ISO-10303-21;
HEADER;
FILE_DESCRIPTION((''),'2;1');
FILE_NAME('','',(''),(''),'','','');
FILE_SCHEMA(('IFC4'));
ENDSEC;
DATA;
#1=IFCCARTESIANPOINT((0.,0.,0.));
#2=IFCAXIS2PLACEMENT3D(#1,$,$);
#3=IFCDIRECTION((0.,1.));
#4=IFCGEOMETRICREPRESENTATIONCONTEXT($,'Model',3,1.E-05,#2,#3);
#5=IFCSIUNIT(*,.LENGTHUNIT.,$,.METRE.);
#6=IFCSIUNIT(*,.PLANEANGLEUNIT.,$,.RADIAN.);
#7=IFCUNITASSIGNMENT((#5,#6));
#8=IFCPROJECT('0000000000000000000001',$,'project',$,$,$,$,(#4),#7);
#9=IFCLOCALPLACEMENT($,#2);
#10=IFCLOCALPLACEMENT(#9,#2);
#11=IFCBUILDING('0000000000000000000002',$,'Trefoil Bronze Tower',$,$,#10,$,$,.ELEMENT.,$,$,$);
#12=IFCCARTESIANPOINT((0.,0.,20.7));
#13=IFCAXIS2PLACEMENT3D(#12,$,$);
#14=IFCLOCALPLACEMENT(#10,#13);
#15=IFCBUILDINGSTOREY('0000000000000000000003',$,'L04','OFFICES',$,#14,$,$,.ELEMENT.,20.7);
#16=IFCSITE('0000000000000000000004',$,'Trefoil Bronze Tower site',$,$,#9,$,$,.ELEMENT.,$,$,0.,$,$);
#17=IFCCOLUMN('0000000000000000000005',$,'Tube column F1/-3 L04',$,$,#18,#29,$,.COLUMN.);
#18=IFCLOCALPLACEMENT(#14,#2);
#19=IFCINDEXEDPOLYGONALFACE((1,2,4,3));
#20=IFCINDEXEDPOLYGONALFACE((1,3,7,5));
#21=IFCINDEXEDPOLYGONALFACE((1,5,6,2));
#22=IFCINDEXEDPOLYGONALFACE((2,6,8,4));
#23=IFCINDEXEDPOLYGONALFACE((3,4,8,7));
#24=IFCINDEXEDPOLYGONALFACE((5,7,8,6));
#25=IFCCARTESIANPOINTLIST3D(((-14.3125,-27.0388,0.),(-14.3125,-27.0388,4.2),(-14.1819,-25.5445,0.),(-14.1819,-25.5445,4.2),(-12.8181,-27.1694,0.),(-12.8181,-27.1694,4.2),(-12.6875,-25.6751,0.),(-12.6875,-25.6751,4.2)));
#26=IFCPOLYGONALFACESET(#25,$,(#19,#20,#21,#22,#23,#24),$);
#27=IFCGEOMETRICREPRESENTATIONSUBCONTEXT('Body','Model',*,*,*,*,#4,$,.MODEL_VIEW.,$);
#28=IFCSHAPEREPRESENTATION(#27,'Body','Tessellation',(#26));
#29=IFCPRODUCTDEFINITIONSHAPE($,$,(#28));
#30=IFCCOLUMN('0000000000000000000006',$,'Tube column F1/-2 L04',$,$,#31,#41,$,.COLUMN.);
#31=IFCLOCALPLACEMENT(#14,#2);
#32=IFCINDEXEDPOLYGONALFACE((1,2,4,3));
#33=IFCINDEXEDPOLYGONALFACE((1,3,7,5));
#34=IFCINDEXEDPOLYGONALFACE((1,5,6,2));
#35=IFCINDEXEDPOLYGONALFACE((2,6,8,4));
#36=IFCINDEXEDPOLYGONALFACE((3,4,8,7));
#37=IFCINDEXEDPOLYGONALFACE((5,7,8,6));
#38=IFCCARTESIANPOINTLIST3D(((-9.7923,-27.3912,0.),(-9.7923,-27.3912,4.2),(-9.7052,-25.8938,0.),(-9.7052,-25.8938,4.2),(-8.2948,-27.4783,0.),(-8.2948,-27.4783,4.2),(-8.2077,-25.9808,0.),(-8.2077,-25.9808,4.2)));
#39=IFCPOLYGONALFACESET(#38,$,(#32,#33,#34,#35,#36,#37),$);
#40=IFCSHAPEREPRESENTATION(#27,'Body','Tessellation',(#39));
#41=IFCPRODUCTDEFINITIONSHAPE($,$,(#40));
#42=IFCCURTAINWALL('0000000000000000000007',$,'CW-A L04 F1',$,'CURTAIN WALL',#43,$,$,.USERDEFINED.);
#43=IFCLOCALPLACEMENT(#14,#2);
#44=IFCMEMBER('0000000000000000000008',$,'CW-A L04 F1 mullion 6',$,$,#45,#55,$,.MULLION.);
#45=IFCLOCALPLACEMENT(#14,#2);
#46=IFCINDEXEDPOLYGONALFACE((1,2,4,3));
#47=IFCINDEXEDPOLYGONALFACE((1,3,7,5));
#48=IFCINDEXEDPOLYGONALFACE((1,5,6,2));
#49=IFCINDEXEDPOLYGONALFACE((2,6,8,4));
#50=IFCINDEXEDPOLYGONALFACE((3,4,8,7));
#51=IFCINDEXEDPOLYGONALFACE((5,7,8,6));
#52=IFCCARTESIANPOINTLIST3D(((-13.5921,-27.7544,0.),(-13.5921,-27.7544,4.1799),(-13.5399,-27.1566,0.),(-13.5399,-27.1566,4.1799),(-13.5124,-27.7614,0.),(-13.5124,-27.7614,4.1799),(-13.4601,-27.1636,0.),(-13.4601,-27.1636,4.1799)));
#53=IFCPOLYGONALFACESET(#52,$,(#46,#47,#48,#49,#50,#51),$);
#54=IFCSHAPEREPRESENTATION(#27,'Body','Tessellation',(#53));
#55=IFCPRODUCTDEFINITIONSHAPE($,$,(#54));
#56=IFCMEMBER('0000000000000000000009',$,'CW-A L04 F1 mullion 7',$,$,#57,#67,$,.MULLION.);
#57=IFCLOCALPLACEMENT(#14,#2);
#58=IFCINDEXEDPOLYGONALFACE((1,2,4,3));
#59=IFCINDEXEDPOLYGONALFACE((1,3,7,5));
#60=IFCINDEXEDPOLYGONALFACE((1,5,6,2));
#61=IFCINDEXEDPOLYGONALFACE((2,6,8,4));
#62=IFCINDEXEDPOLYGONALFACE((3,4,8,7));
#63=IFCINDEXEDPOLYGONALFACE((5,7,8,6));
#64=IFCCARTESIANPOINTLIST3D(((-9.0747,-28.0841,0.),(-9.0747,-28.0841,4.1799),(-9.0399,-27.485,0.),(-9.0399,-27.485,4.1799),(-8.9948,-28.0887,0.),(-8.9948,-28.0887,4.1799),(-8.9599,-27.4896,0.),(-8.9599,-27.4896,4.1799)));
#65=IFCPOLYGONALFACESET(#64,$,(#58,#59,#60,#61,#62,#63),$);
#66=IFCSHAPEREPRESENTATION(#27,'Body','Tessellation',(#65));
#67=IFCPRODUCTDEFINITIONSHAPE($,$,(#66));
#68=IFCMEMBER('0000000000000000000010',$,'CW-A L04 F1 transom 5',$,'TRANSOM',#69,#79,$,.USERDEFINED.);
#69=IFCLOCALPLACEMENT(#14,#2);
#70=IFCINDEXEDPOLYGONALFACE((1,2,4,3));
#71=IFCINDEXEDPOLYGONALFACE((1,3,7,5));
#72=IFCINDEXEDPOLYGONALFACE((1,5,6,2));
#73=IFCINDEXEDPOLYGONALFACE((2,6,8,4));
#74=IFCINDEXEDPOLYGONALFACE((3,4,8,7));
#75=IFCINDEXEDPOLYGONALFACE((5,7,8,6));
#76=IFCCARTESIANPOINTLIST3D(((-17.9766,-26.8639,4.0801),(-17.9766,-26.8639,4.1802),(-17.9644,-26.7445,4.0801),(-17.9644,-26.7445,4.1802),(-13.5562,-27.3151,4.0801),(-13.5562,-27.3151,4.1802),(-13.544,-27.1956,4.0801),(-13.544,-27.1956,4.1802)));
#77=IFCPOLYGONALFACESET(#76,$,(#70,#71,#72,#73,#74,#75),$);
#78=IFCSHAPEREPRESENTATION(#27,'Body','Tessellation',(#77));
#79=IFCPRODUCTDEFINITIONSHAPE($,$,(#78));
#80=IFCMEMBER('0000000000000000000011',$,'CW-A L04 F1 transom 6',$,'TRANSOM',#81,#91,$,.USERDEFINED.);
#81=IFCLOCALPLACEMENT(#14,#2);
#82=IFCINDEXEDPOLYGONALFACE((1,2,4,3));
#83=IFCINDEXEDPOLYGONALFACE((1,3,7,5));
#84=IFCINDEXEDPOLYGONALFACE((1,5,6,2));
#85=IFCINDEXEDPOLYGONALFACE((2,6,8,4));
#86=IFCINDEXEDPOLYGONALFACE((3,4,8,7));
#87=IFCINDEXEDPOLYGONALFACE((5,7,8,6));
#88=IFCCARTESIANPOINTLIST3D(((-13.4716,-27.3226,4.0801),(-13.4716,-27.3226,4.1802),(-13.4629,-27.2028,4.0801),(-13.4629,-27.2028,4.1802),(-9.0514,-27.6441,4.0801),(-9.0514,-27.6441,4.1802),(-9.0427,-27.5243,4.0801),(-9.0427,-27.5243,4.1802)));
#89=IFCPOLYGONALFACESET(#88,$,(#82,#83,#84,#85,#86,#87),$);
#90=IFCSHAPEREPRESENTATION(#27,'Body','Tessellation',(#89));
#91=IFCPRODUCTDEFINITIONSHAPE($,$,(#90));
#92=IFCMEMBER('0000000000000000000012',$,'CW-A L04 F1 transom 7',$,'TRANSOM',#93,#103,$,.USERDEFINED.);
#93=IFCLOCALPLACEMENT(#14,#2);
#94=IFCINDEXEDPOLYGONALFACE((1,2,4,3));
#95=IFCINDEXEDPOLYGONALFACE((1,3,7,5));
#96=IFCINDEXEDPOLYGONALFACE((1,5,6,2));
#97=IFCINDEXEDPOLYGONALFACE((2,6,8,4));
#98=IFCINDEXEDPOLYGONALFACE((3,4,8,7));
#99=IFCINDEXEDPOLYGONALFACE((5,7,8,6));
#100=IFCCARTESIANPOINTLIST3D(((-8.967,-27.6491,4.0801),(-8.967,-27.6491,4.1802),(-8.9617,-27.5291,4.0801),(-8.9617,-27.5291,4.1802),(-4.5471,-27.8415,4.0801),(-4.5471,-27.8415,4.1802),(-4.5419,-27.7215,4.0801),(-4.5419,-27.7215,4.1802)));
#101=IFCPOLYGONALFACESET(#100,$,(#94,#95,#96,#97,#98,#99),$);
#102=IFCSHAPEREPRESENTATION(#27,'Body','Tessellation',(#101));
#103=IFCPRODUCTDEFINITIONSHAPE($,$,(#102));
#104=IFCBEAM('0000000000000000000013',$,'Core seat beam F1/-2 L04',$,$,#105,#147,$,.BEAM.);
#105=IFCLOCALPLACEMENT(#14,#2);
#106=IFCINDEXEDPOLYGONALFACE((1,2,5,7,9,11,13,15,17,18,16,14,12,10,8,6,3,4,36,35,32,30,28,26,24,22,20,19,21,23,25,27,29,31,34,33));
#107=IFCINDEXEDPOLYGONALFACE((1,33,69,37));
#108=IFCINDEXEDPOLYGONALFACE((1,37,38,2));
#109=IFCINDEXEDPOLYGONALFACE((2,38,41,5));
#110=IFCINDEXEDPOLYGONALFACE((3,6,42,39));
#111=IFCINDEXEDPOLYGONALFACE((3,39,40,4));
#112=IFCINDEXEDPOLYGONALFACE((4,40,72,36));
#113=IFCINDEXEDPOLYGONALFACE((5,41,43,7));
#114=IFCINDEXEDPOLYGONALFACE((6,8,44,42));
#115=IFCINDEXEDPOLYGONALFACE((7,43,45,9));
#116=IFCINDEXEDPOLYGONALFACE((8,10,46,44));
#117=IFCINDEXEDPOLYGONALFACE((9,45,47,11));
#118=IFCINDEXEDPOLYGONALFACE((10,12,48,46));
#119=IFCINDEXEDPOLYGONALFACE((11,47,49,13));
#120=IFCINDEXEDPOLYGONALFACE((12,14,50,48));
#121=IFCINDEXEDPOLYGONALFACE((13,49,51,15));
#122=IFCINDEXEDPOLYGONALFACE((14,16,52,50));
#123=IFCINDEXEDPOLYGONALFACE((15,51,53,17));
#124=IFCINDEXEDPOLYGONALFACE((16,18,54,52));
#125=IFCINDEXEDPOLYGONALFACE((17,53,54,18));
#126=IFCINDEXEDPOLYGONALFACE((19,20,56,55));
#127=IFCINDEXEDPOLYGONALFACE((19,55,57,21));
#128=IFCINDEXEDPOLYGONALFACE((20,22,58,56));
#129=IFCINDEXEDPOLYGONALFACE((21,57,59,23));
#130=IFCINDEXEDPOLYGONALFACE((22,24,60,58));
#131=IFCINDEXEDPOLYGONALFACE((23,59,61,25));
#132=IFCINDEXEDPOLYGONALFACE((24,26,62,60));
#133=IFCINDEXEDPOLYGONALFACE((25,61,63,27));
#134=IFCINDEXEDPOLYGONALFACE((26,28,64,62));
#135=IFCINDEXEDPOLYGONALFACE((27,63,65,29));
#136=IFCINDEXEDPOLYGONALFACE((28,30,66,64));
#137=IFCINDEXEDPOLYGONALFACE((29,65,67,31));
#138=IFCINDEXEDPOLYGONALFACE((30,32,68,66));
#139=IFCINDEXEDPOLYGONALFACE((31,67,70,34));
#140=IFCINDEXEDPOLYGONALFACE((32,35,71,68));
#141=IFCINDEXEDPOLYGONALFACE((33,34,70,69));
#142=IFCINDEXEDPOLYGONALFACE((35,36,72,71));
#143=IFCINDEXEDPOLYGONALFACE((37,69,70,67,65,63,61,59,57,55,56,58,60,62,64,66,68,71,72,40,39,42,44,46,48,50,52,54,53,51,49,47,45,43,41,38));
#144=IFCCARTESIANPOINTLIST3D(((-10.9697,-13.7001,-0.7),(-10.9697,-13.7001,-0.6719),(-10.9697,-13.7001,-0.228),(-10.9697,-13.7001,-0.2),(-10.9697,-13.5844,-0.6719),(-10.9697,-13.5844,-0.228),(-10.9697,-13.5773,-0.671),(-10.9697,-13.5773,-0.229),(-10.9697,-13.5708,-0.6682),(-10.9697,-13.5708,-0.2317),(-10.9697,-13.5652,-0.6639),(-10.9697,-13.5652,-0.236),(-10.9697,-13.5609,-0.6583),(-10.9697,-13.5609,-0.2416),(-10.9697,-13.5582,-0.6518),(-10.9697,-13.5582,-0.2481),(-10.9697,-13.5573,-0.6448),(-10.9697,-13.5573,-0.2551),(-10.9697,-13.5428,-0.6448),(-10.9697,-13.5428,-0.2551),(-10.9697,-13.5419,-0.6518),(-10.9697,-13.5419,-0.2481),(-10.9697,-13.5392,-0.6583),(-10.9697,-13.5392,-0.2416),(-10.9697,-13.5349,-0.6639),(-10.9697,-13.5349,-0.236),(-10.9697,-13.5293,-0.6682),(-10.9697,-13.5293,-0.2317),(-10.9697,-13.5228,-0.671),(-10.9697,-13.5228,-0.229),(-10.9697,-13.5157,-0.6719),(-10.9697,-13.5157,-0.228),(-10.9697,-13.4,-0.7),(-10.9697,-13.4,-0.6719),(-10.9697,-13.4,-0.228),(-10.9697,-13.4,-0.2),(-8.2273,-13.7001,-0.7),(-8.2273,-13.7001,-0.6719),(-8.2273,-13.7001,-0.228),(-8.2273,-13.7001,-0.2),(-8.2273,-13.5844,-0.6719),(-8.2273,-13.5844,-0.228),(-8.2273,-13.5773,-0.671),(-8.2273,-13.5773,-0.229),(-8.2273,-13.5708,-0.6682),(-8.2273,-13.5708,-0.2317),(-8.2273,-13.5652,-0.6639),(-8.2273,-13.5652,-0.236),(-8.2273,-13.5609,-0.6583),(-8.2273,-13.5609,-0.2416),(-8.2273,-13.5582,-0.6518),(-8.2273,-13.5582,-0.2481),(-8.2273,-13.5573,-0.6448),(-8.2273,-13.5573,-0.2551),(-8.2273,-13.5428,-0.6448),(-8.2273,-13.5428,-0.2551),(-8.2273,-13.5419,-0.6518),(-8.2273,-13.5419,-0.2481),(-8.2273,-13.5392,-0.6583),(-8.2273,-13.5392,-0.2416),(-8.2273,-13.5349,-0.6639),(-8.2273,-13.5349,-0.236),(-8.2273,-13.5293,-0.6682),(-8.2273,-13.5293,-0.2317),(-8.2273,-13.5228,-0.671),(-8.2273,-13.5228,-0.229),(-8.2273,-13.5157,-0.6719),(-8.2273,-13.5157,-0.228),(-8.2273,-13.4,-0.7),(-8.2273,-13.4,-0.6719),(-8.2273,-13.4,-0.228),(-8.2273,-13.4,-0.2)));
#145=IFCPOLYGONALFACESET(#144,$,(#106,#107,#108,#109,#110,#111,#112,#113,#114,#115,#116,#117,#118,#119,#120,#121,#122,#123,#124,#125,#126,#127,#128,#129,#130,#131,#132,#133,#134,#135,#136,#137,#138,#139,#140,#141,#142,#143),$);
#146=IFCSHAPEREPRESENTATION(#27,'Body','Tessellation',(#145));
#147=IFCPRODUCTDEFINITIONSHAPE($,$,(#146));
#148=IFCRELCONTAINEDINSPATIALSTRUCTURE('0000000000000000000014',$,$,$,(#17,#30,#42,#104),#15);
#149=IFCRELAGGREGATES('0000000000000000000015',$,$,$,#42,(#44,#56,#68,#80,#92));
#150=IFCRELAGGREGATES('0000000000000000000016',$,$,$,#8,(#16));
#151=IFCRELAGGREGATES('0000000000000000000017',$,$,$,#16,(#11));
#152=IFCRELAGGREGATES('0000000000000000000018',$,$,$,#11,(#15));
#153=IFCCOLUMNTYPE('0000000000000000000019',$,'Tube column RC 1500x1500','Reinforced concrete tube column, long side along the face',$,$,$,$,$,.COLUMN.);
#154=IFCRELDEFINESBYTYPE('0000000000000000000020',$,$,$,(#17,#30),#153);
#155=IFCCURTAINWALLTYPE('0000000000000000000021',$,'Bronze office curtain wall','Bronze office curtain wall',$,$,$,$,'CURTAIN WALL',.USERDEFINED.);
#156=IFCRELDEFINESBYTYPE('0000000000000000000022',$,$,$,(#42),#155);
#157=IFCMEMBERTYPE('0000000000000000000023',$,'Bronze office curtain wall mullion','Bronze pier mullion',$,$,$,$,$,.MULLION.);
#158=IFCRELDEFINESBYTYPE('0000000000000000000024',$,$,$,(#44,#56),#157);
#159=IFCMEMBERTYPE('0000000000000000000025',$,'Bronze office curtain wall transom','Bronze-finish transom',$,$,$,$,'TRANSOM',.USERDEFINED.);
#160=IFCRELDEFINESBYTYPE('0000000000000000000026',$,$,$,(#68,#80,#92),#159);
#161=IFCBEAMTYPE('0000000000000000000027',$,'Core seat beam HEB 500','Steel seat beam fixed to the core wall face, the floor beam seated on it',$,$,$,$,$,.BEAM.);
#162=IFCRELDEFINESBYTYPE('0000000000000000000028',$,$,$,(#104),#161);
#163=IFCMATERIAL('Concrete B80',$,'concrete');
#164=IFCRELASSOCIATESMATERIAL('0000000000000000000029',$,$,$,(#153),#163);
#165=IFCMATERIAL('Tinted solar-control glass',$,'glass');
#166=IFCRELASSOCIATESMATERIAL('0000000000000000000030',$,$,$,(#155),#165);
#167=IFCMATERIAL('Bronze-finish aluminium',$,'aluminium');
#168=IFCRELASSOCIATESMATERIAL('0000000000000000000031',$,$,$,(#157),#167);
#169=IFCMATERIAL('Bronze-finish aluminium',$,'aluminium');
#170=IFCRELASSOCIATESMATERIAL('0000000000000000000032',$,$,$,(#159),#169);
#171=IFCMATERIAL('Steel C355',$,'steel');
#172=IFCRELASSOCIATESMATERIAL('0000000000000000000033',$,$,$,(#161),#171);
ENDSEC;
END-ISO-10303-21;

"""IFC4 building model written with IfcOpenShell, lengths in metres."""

from ifc_helpers import new_model, si_unit, direction, frame, origin, origin_2d, place, context, subcontext, project, spatial, rectangle, i_section, extrude, material, material_profile, profile_set, type_object, element, aggregate, save


model = new_model("IFC4")

# Units and contexts
model_context = context("Model", 3, precision=1e-05, world=origin(), true_north=direction((0.0, 1.0)))
body_context = subcontext(model_context, "Body", "Model", "MODEL_VIEW")
ifc_project = project(units=[si_unit("LENGTHUNIT", "METRE"), si_unit("PLANEANGLEUNIT", "RADIAN")], contexts=[model_context])

# Site, building, storey
site_placement = place(None, origin())
site = spatial("IfcSite", under=ifc_project, at=site_placement, Name="Trefoil Bronze Tower site", CompositionType="ELEMENT", RefElevation=0.0)
building_placement = place(site_placement, origin())
building = spatial("IfcBuilding", under=site, at=building_placement, Name="Trefoil Bronze Tower", CompositionType="ELEMENT")
storey_placement = place(building_placement, frame((0.0, 0.0, 20.7)))
storey = spatial("IfcBuildingStorey", under=building, at=storey_placement, Name="L04", Description="OFFICES", CompositionType="ELEMENT", Elevation=20.7)

# Columns
ifc_material_1 = material(Name="Concrete B80", Category="concrete")
ifc_material_profile_1 = material_profile(ifc_material_1, rectangle(XDim=1.5, YDim=1.5, at=origin_2d()), Name="RC 1500x1500")
ifc_profile_set_1 = profile_set([ifc_material_profile_1], Name="Concrete B80")
column_type = type_object("IfcColumnType", Name="Tube column RC 1500x1500", Description="Reinforced concrete tube column, long side along the face", PredefinedType="COLUMN", material=ifc_profile_set_1)
for number, where, z_axis, x_axis, name in (
    (1, (-13.5, -26.3569, 0.0), (0.0, 0.0, 1.0), (0.996203, -0.087065, 0.0), "Tube column F1/-3 L04"),
    (2, (-9.0, -26.686, 0.0), (0.0, 0.0, 1.0), (0.998314, -0.058043, 0.0), "Tube column F1/-2 L04"),
):
    element("IfcColumn", number, at=place(storey_placement, frame(where, z_axis=z_axis, x_axis=x_axis)), inside=storey, type_object=column_type, Name=name, PredefinedType="COLUMN", context=body_context, shape_type="SweptSolid", body=[
        extrude(rectangle(XDim=1.5, YDim=1.5, at=origin_2d()), origin(), (0.0, 0.0, 1.0), 4.2),
    ])

# Curtain wall, members
ifc_material_2 = material(Name="Tinted solar-control glass", Category="glass")
curtain_wall_type = type_object("IfcCurtainWallType", Name="Bronze office curtain wall", Description="Bronze office curtain wall", ElementType="CURTAIN WALL", PredefinedType="USERDEFINED", material=ifc_material_2)
curtain_wall_placement = place(storey_placement, origin())
curtain_wall = element("IfcCurtainWall", 3, at=curtain_wall_placement, inside=storey, type_object=curtain_wall_type, Name="CW-A L04 F1", ObjectType="CURTAIN WALL", PredefinedType="USERDEFINED")
ifc_material_3 = material(Name="Bronze-finish aluminium", Category="aluminium")
ifc_material_profile_2 = material_profile(ifc_material_3, rectangle(XDim=0.6001, YDim=0.0801, at=origin_2d()), Name="CW-A mullion")
ifc_profile_set_2 = profile_set([ifc_material_profile_2], Name="Bronze-finish aluminium")
member_type_1 = type_object("IfcMemberType", Name="Bronze office curtain wall mullion", Description="Bronze pier mullion", PredefinedType="MULLION", material=ifc_profile_set_2)
member_1_placement = place(storey_placement, frame((-13.5261, -27.459, 0.0), z_axis=(0.0, 0.0, 1.0), x_axis=(0.087065, 0.996203, 0.0)))
member_1 = element("IfcMember", 4, at=member_1_placement, type_object=member_type_1, Name="CW-A L04 F1 mullion 6", PredefinedType="MULLION", context=body_context, shape_type="SweptSolid", body=[
    extrude(rectangle(XDim=0.6001, YDim=0.0801, at=origin_2d()), origin(), (0.0, 0.0, 1.0), 4.1799),
])
member_2_placement = place(storey_placement, frame((-9.0173, -27.7869, 0.0), z_axis=(0.0, 0.0, 1.0), x_axis=(0.058043, 0.998314, 0.0)))
member_2 = element("IfcMember", 5, at=member_2_placement, type_object=member_type_1, Name="CW-A L04 F1 mullion 7", PredefinedType="MULLION", context=body_context, shape_type="SweptSolid", body=[
    extrude(rectangle(XDim=0.6001, YDim=0.0801, at=origin_2d()), origin(), (0.0, 0.0, 1.0), 4.1799),
])
ifc_material_4 = material(Name="Bronze-finish aluminium", Category="aluminium")
ifc_material_profile_3 = material_profile(ifc_material_4, rectangle(XDim=0.1201, YDim=0.1001, at=origin_2d()), Name="CW-A transom")
ifc_profile_set_3 = profile_set([ifc_material_profile_3], Name="Bronze-finish aluminium")
member_type_2 = type_object("IfcMemberType", Name="Bronze office curtain wall transom", Description="Bronze-finish transom", ElementType="TRANSOM", PredefinedType="USERDEFINED", material=ifc_profile_set_3)
member_3_placement = place(storey_placement, frame((-17.9705, -26.8042, 4.1301), z_axis=(0.994832, -0.101538, 0.0), x_axis=(0.101538, 0.994832, 0.0)))
member_3 = element("IfcMember", 6, at=member_3_placement, type_object=member_type_2, Name="CW-A L04 F1 transom 5", ObjectType="TRANSOM", PredefinedType="USERDEFINED", context=body_context, shape_type="SweptSolid", body=[
    extrude(rectangle(XDim=0.1201, YDim=0.1001, at=origin_2d()), origin(), (0.0, 0.0, 1.0), 4.4434),
])
member_4_placement = place(storey_placement, frame((-13.4673, -27.2627, 4.1301), z_axis=(0.997365, -0.072551, 0.0), x_axis=(0.072551, 0.997365, 0.0)))
member_4 = element("IfcMember", 7, at=member_4_placement, type_object=member_type_2, Name="CW-A L04 F1 transom 6", ObjectType="TRANSOM", PredefinedType="USERDEFINED", context=body_context, shape_type="SweptSolid", body=[
    extrude(rectangle(XDim=0.1201, YDim=0.1001, at=origin_2d()), origin(), (0.0, 0.0, 1.0), 4.4319),
])
member_5_placement = place(storey_placement, frame((-8.9644, -27.5891, 4.1301), z_axis=(0.999054, -0.043485, 0.0), x_axis=(0.043485, 0.999054, 0.0)))
member_5 = element("IfcMember", 8, at=member_5_placement, type_object=member_type_2, Name="CW-A L04 F1 transom 7", ObjectType="TRANSOM", PredefinedType="USERDEFINED", context=body_context, shape_type="SweptSolid", body=[
    extrude(rectangle(XDim=0.1201, YDim=0.1001, at=origin_2d()), origin(), (0.0, 0.0, 1.0), 4.4241),
])

# Beam
ifc_material_5 = material(Name="Steel C355", Category="steel")
ifc_material_profile_4 = material_profile(ifc_material_5, i_section(OverallWidth=0.3, OverallDepth=0.5, WebThickness=0.0144, FlangeThickness=0.0281, FilletRadius=0.0271, at=origin_2d()), Name="HEB 500")
ifc_profile_set_4 = profile_set([ifc_material_profile_4], Name="Steel C355")
beam_type_1 = type_object("IfcBeamType", Name="Core seat beam HEB 500", Description="Steel seat beam fixed to the core wall face, the floor beam seated on it", PredefinedType="BEAM", material=ifc_profile_set_4)
beam_1_placement = place(storey_placement, frame((-10.9697, -13.55, -0.45), z_axis=(1.0, 0.0, 0.0), x_axis=(0.0, 1.0, 0.0)))
element("IfcBeam", 9, at=beam_1_placement, inside=storey, type_object=beam_type_1, Name="Core seat beam F1/-2 L04", PredefinedType="BEAM", context=body_context, shape_type="SweptSolid", body=[
    extrude(i_section(OverallWidth=0.3, OverallDepth=0.5, WebThickness=0.0144, FlangeThickness=0.0281, FilletRadius=0.0271, at=origin_2d()), origin(), (0.0, 0.0, 1.0), 2.7424),
])

aggregate(curtain_wall, [member_1, member_2, member_3, member_4, member_5])

save(model, "model.ifc")
